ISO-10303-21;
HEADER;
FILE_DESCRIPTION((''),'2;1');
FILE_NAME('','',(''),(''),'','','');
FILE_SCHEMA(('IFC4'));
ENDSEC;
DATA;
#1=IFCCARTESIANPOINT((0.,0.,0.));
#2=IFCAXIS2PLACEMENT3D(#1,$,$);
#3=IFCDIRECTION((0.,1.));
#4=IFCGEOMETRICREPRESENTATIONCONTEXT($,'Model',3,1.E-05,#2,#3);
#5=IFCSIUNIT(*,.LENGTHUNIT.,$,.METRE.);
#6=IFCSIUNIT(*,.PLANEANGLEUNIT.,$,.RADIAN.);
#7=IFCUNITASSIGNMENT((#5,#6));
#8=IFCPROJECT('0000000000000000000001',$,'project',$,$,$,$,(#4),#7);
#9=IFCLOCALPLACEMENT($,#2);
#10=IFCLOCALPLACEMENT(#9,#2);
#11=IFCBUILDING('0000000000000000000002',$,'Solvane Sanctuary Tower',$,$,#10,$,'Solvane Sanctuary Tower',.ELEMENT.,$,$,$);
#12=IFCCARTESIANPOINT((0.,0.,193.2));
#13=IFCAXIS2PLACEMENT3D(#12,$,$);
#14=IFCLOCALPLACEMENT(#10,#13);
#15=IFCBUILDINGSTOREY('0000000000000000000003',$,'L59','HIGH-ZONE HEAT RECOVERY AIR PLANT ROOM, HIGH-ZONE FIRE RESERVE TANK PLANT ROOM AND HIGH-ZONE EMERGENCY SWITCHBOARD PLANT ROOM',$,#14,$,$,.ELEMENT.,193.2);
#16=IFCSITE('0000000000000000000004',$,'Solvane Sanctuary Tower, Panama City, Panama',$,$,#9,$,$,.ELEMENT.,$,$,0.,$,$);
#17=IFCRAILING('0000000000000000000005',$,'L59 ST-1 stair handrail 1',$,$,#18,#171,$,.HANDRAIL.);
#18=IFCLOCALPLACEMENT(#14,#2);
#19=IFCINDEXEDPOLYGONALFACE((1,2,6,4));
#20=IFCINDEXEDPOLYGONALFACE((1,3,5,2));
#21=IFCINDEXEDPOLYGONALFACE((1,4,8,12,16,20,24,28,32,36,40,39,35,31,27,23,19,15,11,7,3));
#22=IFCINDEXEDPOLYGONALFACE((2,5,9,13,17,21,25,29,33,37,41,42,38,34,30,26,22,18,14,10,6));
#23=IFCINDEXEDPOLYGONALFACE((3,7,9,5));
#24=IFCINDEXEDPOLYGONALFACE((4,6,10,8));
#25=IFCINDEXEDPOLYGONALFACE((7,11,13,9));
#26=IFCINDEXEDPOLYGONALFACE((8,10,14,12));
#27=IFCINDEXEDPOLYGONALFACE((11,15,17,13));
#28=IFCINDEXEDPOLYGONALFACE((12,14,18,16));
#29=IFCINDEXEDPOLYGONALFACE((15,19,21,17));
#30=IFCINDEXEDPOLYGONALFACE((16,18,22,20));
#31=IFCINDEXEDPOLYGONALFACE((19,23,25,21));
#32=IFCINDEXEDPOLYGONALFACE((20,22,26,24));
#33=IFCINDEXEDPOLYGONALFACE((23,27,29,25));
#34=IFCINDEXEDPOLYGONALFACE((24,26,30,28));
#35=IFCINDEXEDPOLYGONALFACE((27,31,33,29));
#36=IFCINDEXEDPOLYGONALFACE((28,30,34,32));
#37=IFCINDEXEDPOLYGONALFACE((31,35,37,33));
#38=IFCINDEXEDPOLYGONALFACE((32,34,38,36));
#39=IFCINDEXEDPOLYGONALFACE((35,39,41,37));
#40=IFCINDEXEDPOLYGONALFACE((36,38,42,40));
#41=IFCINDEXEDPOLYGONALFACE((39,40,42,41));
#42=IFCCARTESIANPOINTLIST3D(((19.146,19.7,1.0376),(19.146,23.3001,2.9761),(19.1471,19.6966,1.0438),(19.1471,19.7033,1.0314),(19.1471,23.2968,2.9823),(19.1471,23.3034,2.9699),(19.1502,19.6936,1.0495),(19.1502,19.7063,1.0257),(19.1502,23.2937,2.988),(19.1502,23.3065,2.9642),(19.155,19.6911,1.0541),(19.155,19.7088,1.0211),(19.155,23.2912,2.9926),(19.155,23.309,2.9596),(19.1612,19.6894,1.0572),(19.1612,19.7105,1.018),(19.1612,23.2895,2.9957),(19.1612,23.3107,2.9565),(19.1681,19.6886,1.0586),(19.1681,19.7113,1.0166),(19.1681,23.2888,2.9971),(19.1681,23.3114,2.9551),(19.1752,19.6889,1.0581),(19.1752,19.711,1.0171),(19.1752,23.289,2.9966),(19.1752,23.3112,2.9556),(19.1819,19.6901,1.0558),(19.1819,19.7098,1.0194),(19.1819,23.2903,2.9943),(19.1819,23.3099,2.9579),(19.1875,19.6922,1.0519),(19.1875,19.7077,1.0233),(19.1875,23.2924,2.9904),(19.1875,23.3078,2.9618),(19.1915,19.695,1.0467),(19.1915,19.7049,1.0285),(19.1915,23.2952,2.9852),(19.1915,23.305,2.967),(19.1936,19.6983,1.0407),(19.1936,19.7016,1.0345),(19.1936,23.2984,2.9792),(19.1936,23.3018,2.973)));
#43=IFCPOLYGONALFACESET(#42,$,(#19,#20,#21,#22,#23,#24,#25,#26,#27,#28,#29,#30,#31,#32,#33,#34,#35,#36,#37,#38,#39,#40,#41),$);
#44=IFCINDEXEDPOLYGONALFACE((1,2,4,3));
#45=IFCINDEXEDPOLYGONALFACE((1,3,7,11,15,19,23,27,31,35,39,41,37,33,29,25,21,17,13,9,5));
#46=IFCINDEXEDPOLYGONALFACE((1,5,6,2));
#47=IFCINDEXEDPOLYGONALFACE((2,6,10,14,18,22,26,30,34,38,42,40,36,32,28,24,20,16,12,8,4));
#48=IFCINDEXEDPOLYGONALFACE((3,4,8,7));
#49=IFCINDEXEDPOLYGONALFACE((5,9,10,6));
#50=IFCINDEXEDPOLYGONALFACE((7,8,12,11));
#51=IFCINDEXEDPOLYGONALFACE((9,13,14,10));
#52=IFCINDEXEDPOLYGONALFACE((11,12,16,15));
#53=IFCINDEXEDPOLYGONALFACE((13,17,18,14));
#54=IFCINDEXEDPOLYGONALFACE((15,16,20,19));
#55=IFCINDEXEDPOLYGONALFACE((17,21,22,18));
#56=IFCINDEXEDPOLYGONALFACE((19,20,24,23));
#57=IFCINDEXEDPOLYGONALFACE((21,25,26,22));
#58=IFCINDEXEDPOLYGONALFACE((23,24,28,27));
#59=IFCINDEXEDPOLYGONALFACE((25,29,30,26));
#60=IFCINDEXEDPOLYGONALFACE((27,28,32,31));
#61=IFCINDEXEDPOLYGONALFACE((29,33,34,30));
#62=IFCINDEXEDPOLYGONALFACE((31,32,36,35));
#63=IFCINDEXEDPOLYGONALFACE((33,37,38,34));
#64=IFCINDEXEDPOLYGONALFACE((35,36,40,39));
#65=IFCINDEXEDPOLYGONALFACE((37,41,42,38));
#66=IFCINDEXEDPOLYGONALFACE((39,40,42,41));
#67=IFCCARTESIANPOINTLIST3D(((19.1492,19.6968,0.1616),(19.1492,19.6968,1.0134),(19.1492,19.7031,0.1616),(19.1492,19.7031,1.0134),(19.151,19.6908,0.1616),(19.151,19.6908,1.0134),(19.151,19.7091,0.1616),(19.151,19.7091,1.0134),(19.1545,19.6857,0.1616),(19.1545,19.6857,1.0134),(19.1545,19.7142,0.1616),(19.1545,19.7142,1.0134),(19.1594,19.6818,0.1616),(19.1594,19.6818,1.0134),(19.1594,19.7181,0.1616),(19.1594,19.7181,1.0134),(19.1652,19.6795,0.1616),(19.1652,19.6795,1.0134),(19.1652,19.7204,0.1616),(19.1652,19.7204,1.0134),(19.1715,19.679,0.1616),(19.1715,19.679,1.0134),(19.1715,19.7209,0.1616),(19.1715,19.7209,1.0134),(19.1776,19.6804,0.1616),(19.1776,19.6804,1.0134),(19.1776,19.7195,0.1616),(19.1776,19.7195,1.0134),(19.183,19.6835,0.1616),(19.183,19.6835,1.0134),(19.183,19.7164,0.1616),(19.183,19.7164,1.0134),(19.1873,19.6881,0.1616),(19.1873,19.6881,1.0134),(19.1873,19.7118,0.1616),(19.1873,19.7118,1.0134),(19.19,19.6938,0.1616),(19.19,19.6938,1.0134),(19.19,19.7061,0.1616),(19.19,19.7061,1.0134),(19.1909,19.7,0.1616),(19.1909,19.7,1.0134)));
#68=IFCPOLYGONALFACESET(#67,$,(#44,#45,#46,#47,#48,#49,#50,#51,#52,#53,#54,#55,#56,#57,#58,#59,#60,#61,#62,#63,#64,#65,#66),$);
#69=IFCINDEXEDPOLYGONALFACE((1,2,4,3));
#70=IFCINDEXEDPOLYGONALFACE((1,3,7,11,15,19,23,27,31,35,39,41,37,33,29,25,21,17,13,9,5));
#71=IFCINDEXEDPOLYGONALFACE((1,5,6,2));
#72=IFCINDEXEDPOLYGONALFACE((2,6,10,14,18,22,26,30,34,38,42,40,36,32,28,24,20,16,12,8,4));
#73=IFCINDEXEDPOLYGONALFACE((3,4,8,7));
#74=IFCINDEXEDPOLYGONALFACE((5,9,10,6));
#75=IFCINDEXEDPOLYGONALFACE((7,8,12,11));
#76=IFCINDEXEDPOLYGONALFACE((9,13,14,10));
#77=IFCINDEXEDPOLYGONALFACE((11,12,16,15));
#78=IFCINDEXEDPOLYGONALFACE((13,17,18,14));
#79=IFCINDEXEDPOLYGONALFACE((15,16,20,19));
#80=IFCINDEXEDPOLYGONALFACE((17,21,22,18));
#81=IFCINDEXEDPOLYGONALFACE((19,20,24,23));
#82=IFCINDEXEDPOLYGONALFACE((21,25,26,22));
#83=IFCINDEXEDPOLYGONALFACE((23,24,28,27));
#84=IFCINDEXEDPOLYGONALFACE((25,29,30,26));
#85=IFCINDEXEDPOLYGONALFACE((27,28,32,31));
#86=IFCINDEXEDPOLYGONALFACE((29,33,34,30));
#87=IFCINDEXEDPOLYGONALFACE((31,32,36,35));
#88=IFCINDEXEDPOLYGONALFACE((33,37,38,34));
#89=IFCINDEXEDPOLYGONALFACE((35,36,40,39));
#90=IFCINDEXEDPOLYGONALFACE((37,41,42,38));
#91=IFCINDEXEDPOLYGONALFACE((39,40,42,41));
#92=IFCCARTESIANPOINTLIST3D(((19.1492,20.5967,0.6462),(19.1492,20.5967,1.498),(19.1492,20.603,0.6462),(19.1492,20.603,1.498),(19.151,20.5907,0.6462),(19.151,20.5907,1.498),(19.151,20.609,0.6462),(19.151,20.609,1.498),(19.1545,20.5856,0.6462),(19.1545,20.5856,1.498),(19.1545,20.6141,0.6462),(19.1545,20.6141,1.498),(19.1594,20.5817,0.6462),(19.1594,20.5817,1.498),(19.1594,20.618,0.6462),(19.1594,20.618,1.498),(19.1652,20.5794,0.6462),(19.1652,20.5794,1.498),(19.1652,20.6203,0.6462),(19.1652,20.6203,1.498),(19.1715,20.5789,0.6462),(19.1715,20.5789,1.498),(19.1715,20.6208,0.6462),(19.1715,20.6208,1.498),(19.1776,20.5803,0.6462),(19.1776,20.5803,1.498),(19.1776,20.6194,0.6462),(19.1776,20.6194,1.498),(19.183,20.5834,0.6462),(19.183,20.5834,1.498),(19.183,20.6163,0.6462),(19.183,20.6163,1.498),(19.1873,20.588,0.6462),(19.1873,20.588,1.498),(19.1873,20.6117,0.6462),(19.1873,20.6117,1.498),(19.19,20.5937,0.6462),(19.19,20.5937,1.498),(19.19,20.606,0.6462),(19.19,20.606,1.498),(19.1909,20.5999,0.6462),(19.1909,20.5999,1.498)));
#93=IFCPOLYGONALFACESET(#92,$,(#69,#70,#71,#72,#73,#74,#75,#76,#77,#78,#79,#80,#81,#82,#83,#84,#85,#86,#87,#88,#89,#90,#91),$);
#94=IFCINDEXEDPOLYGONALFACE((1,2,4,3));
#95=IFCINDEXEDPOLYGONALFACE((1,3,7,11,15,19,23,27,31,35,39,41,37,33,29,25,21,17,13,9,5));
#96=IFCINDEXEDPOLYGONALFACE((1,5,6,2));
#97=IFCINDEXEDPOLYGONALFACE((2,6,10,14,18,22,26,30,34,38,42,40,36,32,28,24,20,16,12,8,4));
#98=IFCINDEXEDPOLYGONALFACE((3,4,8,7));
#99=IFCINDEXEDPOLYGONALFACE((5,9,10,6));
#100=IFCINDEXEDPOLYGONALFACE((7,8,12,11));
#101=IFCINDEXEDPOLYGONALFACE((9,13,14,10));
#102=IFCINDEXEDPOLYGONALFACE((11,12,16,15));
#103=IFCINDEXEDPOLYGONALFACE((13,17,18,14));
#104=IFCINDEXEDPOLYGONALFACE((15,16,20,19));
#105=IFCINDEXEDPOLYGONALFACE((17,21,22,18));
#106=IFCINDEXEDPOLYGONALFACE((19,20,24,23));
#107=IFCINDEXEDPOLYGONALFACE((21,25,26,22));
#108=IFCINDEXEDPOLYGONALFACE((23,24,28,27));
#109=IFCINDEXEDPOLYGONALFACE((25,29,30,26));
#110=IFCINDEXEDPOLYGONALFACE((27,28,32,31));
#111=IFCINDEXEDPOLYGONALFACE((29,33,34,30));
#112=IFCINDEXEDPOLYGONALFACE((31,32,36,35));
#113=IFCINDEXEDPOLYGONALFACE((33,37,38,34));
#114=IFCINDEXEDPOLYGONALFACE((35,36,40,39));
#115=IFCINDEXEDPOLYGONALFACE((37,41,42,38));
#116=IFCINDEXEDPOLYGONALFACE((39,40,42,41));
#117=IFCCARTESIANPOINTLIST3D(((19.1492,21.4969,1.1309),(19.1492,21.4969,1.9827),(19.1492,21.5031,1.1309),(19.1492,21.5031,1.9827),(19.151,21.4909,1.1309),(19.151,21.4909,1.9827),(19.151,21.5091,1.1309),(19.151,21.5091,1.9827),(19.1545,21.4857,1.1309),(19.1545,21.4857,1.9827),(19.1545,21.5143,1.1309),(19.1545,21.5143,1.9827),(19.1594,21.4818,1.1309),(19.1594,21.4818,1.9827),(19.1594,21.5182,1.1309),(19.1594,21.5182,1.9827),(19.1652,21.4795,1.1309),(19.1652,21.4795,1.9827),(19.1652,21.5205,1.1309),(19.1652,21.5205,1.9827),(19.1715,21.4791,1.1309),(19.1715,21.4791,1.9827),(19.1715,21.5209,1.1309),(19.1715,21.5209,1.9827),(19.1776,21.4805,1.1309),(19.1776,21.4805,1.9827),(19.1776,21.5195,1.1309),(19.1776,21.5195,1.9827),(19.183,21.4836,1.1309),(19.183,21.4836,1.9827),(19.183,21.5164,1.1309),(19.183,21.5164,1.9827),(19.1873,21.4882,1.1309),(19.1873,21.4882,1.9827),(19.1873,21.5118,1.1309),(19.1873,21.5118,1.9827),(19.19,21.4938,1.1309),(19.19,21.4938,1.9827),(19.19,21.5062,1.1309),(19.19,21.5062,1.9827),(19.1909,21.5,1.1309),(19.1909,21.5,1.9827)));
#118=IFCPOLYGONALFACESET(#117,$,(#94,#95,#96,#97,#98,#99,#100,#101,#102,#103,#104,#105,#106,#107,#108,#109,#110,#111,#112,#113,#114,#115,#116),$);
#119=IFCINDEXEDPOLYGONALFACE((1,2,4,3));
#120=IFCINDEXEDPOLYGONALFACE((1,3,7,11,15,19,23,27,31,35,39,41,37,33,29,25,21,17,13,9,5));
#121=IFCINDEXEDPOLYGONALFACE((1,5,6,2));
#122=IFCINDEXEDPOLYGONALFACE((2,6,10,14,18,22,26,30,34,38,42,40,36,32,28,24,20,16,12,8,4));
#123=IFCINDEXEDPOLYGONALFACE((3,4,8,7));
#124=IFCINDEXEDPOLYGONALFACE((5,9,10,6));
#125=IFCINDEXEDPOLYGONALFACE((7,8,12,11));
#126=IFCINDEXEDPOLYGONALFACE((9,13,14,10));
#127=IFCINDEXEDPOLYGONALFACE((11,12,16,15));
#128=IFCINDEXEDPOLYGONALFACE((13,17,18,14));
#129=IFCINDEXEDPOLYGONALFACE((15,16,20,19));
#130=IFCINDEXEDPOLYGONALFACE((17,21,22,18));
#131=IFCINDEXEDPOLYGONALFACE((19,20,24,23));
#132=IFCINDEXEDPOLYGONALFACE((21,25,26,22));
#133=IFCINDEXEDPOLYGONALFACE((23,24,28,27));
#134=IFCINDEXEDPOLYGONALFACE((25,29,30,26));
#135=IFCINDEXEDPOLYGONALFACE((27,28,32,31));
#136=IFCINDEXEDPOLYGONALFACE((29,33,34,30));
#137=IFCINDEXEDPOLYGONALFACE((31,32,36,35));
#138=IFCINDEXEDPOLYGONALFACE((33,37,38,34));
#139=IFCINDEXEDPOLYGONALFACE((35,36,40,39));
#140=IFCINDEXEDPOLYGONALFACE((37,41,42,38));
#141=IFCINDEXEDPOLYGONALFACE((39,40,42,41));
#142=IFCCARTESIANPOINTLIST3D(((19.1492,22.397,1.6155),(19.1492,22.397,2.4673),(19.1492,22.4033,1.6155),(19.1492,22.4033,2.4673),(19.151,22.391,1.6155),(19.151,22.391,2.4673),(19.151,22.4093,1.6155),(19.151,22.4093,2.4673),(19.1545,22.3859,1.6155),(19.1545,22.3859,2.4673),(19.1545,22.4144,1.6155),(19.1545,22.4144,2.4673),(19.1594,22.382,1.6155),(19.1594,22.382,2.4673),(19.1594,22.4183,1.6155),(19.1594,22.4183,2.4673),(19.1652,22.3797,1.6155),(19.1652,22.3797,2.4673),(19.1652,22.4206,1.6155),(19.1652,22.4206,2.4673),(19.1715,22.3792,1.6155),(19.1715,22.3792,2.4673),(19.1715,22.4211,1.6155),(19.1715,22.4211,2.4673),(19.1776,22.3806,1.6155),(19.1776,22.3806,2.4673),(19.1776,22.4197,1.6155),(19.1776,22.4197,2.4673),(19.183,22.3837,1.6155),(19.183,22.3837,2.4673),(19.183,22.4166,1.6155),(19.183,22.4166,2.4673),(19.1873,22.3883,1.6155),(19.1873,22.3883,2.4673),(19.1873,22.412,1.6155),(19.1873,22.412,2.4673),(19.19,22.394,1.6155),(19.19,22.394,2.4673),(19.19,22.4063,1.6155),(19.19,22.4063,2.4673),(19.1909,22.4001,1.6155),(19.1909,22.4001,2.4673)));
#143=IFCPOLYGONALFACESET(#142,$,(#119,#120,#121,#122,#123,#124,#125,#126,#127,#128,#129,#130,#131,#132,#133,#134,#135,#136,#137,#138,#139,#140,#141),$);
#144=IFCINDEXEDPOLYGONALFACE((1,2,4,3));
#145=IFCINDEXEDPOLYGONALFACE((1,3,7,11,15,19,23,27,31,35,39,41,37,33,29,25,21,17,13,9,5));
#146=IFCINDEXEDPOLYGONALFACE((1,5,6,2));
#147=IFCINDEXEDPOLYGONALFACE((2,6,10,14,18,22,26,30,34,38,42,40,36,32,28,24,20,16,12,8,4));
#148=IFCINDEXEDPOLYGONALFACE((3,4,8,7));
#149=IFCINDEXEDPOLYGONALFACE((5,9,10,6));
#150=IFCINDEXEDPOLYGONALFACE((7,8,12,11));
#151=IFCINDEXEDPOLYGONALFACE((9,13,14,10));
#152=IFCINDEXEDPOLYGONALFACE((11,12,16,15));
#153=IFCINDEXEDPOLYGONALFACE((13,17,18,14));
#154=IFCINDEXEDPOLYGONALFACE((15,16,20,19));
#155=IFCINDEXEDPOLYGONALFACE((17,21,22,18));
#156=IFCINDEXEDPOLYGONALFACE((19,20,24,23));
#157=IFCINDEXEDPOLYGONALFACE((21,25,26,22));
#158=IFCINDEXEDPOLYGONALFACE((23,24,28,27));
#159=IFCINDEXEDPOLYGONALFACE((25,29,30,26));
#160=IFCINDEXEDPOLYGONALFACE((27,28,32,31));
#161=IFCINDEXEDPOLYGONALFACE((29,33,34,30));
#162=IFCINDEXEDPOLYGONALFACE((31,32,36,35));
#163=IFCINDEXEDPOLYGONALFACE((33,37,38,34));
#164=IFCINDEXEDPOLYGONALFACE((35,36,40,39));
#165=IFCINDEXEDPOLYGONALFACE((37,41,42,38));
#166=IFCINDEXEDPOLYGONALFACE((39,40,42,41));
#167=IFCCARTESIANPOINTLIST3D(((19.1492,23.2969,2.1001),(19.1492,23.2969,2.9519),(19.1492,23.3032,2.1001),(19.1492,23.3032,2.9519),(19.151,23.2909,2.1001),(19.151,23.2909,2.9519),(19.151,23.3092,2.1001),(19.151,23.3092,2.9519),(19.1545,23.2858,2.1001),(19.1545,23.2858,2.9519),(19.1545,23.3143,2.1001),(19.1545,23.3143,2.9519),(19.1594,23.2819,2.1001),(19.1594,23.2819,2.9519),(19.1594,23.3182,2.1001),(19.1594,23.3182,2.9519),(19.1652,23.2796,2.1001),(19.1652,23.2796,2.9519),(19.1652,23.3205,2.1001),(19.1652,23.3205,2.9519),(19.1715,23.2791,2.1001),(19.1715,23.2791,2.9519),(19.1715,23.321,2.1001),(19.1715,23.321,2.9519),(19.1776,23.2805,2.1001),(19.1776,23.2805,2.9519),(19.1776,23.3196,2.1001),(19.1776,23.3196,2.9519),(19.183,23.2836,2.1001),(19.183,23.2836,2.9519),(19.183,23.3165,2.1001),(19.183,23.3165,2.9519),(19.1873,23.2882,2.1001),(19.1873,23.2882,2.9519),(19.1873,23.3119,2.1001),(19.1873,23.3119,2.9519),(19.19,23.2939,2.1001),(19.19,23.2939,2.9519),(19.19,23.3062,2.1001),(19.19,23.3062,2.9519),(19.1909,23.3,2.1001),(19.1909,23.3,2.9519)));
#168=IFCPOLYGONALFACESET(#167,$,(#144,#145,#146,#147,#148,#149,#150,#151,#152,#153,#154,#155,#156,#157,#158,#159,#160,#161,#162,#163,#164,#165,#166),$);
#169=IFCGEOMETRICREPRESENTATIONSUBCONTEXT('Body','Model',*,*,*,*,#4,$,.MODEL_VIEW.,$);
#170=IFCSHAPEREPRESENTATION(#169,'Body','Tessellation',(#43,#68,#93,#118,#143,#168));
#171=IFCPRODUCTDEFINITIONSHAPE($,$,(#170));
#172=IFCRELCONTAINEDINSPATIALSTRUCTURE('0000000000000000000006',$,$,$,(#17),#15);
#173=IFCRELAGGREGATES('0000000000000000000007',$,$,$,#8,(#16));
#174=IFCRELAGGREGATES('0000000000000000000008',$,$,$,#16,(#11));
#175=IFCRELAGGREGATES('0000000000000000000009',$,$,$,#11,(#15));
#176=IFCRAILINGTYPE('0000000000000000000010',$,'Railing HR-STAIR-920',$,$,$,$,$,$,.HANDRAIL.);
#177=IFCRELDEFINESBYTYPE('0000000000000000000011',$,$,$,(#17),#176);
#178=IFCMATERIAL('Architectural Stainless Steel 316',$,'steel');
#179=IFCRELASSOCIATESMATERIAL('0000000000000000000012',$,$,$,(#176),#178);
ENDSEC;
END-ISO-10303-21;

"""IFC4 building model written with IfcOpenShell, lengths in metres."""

from ifc_helpers import new_model, si_unit, direction, frame, origin, origin_2d, place, context, subcontext, project, spatial, circle, extrude, material, type_object, element, save


model = new_model("IFC4")

# Units and contexts
model_context = context("Model", 3, precision=1e-05, world=origin(), true_north=direction((0.0, 1.0)))
body_context = subcontext(model_context, "Body", "Model", "MODEL_VIEW")
ifc_project = project(units=[si_unit("LENGTHUNIT", "METRE"), si_unit("PLANEANGLEUNIT", "RADIAN")], contexts=[model_context])

# Site, building, storey
site_placement = place(None, origin())
site = spatial("IfcSite", under=ifc_project, at=site_placement, Name="Solvane Sanctuary Tower, Panama City, Panama", CompositionType="ELEMENT", RefElevation=0.0)
building_placement = place(site_placement, origin())
building = spatial("IfcBuilding", under=site, at=building_placement, Name="Solvane Sanctuary Tower", LongName="Solvane Sanctuary Tower", CompositionType="ELEMENT")
storey_placement = place(building_placement, frame((0.0, 0.0, 193.2)))
storey = spatial("IfcBuildingStorey", under=building, at=storey_placement, Name="L59", Description="HIGH-ZONE HEAT RECOVERY AIR PLANT ROOM, HIGH-ZONE FIRE RESERVE TANK PLANT ROOM AND HIGH-ZONE EMERGENCY SWITCHBOARD PLANT ROOM", CompositionType="ELEMENT", Elevation=193.2)

# Shared definitions
ifc_material_1 = material(Name="Architectural Stainless Steel 316", Category="steel")

# Railing
railing_type_1 = type_object("IfcRailingType", Name="Railing HR-STAIR-920", PredefinedType="HANDRAIL", material=ifc_material_1)
for number, where, name in (
    (1, (19.1699, 19.7, 0.1616), "L59 ST-1 stair handrail 1"),
):
    element("IfcRailing", number, at=place(storey_placement, frame(where)), inside=storey, type_object=railing_type_1, Name=name, PredefinedType="HANDRAIL", context=body_context, shape_type="SweptSolid", body=[
        extrude(circle(Radius=0.0239, at=origin_2d()), frame((0.0, 0.0, 0.876), z_axis=(0.0, 0.880475, 0.474093), x_axis=(-1.0, 0.0, 0.0)), (0.0, 0.0, 1.0), 4.0889),
        extrude(circle(Radius=0.021, at=origin_2d()), origin(), (0.0, 0.0, 1.0), 0.8518),
        extrude(circle(Radius=0.021, at=origin_2d()), frame((0.0, 0.8999, 0.4846)), (0.0, 0.0, 1.0), 0.8518),
        extrude(circle(Radius=0.021, at=origin_2d()), frame((0.0, 1.8, 0.9692)), (0.0, 0.0, 1.0), 0.8518),
        extrude(circle(Radius=0.021, at=origin_2d()), frame((0.0, 2.7002, 1.4539)), (0.0, 0.0, 1.0), 0.8518),
        extrude(circle(Radius=0.021, at=origin_2d()), frame((0.0, 3.6001, 1.9385)), (0.0, 0.0, 1.0), 0.8518),
    ])

save(model, "model.ifc")
